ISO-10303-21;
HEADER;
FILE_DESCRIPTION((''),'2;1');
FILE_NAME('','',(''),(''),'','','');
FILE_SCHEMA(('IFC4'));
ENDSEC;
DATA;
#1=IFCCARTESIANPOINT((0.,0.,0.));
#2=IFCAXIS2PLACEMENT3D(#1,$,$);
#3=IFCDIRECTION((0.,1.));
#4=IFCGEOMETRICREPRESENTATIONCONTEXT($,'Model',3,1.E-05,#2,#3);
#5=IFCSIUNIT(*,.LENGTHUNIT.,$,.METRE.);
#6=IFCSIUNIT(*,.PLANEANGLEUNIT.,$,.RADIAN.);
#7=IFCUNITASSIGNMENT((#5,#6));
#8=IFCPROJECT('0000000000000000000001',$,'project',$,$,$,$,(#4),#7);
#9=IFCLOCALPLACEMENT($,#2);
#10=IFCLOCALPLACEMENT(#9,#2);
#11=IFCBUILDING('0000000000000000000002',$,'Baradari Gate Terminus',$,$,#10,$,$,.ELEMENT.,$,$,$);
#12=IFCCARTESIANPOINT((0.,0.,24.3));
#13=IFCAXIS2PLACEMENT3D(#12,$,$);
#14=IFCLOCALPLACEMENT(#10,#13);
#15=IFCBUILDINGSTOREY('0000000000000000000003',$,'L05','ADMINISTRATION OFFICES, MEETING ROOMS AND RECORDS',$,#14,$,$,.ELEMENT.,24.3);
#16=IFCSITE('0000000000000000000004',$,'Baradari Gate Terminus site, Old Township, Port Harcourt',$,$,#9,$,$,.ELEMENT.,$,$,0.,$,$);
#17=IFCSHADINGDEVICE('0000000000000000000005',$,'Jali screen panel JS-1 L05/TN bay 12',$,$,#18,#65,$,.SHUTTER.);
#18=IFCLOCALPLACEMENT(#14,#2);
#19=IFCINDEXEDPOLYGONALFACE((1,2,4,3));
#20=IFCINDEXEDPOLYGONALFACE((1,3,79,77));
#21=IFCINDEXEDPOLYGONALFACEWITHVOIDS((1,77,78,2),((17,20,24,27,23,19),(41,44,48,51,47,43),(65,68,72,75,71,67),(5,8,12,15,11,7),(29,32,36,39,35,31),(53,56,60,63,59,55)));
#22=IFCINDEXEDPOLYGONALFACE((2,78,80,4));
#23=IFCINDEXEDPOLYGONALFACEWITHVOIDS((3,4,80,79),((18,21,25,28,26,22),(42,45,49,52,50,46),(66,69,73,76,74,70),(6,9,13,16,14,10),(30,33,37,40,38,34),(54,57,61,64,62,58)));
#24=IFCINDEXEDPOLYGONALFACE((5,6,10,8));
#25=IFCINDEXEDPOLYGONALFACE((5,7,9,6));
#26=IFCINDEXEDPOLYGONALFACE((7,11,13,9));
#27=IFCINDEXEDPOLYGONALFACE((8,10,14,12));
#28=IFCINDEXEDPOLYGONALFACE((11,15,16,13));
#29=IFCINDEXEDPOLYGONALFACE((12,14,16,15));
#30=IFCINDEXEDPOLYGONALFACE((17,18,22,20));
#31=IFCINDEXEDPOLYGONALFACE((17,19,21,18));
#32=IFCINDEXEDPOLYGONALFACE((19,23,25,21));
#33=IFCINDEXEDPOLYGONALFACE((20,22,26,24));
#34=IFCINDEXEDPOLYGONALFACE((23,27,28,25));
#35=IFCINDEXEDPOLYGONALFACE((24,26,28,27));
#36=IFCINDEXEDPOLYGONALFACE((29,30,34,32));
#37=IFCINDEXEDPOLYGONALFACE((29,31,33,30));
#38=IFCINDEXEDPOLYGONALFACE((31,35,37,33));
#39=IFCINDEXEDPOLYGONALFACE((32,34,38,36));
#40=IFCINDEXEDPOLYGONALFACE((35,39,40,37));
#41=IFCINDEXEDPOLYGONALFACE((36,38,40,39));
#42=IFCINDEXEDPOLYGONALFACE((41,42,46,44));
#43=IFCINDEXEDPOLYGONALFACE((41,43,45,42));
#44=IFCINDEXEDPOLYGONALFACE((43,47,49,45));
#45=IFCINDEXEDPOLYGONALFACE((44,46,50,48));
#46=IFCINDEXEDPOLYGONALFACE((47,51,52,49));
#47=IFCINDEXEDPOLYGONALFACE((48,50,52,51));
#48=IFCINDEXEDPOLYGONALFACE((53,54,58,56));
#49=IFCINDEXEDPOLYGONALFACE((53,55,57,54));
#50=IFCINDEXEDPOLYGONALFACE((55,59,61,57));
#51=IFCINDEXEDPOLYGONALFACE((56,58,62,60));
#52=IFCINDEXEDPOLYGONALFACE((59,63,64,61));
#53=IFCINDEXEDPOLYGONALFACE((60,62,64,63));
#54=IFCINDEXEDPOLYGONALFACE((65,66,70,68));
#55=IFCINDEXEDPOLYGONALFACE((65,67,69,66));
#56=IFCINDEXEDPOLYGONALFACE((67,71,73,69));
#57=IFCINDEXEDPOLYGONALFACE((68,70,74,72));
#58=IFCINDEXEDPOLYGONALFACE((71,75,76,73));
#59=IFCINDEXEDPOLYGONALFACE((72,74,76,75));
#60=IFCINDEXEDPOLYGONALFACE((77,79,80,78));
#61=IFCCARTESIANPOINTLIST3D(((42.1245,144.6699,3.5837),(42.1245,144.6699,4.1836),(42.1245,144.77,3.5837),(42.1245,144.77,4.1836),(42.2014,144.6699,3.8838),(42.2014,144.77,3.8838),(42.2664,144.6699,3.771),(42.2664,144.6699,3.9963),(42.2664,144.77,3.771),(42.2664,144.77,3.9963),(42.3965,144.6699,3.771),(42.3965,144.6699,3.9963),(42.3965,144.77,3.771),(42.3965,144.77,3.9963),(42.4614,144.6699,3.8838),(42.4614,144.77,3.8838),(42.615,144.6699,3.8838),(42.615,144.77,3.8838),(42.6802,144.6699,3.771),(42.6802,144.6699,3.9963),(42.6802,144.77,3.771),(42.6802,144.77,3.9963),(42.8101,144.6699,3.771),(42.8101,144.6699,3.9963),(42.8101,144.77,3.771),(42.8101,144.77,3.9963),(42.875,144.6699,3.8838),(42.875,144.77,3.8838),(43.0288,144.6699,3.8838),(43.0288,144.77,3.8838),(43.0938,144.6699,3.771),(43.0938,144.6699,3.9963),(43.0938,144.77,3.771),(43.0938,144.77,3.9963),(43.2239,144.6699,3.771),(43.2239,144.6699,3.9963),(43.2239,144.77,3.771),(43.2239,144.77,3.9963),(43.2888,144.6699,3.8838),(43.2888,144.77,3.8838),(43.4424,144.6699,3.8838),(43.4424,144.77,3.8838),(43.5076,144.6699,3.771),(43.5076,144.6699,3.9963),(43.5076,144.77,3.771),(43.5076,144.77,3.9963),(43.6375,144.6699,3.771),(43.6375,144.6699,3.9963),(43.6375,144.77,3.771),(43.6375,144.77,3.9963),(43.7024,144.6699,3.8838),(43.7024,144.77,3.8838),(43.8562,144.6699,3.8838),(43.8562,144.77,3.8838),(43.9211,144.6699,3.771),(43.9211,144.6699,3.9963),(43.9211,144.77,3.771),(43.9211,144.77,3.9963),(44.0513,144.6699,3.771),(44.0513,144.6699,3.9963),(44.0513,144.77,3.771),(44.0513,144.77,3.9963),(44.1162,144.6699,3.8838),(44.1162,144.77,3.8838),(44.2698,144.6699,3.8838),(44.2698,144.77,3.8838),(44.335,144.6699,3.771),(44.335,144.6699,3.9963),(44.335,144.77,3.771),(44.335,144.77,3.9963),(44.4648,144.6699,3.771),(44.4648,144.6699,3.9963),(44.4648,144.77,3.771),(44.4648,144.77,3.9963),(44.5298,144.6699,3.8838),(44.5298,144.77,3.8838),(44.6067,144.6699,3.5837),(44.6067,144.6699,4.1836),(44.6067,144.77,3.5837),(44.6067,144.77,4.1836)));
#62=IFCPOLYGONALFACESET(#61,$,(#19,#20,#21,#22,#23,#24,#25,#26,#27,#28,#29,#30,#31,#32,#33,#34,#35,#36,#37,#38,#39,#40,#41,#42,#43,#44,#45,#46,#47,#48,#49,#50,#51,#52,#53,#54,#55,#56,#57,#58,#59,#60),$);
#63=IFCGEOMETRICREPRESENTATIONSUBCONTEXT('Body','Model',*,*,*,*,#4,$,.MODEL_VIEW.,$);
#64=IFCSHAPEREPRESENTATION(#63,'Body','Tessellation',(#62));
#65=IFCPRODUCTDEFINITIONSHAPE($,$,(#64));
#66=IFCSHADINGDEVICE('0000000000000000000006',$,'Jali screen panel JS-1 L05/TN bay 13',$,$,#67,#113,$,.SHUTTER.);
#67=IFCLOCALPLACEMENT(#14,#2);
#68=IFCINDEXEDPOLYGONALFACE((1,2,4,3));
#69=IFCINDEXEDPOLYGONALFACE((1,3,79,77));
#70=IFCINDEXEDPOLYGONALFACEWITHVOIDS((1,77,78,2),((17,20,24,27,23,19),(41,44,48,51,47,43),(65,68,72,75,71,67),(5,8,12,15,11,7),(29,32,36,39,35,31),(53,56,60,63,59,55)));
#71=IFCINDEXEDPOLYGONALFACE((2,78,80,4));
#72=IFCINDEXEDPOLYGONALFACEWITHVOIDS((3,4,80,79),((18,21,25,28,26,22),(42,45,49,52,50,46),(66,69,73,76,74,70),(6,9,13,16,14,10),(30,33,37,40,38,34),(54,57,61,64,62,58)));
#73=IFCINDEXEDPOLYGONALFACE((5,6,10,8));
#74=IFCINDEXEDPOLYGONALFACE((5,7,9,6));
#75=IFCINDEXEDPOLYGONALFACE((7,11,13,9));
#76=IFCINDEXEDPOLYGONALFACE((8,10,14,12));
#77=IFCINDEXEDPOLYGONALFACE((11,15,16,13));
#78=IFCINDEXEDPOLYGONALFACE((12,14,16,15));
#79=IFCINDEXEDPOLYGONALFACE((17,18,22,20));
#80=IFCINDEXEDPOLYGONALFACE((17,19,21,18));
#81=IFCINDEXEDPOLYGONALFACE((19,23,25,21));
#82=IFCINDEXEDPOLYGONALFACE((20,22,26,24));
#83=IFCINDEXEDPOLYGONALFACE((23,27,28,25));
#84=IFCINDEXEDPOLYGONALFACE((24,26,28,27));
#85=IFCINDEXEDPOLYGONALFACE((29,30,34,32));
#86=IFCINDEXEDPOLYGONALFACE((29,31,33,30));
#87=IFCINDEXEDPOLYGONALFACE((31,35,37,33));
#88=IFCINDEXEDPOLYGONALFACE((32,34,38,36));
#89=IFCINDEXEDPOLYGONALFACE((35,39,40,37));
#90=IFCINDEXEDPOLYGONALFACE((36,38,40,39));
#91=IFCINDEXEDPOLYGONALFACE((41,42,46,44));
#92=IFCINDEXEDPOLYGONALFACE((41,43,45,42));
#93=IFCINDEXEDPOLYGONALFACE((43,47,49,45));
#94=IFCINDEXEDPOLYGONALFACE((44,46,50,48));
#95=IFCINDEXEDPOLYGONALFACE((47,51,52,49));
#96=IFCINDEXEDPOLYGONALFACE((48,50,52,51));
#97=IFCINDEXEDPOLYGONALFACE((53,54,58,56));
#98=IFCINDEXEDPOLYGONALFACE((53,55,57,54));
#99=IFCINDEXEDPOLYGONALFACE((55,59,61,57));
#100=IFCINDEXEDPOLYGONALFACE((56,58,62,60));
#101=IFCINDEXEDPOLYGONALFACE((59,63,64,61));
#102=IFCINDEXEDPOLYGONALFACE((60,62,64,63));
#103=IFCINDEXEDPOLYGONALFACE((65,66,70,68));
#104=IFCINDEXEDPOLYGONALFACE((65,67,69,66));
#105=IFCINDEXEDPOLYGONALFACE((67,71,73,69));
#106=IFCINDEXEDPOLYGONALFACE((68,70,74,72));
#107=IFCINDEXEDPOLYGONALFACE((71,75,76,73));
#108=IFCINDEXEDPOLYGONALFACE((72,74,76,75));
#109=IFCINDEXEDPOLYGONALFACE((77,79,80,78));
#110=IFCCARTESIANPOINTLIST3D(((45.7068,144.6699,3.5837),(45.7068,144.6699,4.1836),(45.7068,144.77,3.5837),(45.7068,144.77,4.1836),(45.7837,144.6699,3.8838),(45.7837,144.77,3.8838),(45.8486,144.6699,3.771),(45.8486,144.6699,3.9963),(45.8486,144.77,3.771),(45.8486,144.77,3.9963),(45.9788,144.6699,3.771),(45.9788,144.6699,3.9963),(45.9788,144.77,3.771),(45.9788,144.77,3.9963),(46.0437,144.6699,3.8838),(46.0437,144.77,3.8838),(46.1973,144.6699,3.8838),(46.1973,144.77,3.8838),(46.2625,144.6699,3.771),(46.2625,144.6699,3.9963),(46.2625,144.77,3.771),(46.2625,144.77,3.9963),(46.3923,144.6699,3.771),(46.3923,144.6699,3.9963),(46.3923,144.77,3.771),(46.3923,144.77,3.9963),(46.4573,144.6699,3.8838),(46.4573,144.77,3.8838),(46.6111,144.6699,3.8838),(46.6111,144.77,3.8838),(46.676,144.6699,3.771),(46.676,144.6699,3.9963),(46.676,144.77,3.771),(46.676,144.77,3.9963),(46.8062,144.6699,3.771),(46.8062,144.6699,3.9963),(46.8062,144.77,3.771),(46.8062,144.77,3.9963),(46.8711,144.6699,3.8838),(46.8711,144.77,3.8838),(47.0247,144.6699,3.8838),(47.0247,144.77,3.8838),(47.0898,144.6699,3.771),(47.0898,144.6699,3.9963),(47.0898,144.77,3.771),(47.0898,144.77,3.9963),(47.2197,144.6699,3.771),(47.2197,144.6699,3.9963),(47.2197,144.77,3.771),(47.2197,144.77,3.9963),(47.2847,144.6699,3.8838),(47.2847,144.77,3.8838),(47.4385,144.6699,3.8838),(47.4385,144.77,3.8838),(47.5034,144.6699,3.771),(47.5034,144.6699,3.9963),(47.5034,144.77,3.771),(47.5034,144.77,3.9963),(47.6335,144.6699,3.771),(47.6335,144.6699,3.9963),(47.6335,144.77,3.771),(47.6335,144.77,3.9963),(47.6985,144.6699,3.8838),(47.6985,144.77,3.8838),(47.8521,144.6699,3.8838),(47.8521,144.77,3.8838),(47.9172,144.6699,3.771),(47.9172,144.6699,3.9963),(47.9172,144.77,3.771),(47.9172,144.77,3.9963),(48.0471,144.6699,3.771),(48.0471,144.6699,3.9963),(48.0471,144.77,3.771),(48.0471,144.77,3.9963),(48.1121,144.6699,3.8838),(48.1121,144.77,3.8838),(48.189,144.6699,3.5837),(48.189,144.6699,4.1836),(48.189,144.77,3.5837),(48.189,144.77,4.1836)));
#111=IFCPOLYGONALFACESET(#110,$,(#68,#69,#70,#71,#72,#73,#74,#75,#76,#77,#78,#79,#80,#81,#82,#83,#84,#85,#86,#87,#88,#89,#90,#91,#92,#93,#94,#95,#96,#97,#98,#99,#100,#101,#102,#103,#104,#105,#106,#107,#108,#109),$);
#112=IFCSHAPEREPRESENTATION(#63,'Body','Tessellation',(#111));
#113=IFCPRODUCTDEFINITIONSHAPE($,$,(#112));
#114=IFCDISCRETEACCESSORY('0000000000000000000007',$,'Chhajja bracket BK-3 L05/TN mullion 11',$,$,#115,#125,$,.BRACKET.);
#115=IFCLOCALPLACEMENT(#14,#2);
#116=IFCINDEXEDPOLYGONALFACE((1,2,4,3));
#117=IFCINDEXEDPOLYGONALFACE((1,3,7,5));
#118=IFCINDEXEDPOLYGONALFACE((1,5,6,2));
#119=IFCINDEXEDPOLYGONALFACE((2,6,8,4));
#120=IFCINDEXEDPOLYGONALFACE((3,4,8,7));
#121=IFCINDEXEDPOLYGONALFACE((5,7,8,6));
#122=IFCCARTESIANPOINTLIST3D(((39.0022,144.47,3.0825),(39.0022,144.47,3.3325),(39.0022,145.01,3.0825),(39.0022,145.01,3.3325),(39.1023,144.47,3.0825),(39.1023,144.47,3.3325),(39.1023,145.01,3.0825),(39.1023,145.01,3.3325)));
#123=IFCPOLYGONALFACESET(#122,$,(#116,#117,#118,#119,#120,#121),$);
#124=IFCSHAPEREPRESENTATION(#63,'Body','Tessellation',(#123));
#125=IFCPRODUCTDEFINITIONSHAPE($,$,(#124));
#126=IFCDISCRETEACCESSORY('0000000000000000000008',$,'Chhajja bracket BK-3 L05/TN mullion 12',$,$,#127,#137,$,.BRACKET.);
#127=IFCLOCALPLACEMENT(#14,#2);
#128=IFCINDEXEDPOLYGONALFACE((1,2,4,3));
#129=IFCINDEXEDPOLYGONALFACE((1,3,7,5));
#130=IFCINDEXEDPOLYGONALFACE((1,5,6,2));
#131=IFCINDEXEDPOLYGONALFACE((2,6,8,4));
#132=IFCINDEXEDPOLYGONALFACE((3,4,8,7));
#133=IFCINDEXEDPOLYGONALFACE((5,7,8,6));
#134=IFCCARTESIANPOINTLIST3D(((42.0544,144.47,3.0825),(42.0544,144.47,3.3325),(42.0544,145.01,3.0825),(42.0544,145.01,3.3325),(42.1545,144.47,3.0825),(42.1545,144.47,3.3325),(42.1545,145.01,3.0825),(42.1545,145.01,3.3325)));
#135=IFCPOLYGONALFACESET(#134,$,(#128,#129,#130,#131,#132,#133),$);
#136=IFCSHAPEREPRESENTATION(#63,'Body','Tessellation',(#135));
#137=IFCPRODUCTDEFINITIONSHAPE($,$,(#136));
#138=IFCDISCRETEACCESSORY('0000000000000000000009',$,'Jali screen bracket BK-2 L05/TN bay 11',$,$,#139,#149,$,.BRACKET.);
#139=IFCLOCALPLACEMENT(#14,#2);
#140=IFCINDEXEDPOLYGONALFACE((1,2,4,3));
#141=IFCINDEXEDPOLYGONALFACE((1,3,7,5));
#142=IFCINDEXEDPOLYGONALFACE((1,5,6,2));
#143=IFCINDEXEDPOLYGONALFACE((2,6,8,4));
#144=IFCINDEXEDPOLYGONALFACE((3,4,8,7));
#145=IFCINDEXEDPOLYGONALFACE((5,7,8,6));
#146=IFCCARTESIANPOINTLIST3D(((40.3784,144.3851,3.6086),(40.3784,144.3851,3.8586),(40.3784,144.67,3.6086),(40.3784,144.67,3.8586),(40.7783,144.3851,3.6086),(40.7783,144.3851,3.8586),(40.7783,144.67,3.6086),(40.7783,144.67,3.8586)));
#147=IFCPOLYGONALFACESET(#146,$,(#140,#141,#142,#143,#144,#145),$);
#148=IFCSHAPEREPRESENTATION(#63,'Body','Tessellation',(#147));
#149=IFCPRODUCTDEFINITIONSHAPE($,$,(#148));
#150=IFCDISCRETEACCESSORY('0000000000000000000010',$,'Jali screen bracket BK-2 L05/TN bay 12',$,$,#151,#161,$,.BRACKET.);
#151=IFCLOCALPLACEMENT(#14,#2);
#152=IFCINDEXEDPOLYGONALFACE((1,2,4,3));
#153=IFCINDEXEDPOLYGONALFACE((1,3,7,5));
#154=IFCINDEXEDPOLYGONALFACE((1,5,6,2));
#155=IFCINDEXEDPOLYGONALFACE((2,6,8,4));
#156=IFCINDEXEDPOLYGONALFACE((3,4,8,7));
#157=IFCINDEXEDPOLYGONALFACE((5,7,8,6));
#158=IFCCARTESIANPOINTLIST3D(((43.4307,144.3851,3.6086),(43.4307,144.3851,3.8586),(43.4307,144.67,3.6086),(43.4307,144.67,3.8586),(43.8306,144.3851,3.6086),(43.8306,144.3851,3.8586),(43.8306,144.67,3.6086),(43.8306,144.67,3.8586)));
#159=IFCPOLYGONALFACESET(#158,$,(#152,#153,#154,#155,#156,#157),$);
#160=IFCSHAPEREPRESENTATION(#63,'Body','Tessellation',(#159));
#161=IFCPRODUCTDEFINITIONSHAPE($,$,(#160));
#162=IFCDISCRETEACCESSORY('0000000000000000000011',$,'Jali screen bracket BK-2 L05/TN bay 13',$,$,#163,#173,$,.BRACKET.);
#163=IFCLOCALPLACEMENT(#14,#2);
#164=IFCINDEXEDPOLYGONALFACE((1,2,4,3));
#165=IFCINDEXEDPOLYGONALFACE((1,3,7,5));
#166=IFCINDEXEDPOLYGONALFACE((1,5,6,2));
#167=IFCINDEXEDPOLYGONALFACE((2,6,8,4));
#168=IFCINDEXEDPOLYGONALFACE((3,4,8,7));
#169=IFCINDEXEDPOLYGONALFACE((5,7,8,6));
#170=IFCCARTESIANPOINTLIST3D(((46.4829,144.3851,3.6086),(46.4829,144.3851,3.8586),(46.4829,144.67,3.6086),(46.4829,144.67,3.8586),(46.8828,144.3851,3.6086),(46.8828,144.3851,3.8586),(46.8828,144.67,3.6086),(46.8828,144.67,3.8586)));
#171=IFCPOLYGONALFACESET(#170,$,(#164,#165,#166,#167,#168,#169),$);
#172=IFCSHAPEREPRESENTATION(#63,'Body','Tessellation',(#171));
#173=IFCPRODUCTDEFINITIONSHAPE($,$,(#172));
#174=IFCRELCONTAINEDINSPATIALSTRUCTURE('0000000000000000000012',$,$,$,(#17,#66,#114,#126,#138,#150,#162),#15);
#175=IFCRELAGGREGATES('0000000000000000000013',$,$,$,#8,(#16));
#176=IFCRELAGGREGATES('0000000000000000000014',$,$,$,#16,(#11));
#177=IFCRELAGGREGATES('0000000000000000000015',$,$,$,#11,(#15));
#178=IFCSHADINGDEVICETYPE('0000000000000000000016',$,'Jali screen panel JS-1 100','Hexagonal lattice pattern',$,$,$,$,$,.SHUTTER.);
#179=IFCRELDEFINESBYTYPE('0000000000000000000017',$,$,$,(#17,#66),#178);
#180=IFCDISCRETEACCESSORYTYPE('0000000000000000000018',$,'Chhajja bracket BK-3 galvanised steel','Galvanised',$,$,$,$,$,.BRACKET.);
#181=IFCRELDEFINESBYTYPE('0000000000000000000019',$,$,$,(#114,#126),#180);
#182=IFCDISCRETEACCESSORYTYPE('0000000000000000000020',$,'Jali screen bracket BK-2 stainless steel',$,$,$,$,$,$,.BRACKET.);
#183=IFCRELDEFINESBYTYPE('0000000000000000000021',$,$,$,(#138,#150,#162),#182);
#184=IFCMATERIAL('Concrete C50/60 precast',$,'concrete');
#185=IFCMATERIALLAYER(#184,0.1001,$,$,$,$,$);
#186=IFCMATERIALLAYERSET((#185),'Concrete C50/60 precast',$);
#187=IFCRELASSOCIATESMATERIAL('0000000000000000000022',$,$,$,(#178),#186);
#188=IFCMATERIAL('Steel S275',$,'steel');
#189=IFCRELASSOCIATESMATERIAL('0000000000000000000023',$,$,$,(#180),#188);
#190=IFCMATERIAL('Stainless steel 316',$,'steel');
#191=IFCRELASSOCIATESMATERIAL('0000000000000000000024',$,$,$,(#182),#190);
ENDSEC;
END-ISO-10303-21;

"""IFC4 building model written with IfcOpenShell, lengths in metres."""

from ifc_helpers import new_model, si_unit, direction, frame, origin, origin_2d, place, context, subcontext, project, spatial, polyline, rectangle, outline, extrude, material, layer, layer_set, type_object, element, save


model = new_model("IFC4")

# Units and contexts
model_context = context("Model", 3, precision=1e-05, world=origin(), true_north=direction((0.0, 1.0)))
body_context = subcontext(model_context, "Body", "Model", "MODEL_VIEW")
ifc_project = project(units=[si_unit("LENGTHUNIT", "METRE"), si_unit("PLANEANGLEUNIT", "RADIAN")], contexts=[model_context])

# Site, building, storey
site_placement = place(None, origin())
site = spatial("IfcSite", under=ifc_project, at=site_placement, Name="Baradari Gate Terminus site, Old Township, Port Harcourt", CompositionType="ELEMENT", RefElevation=0.0)
building_placement = place(site_placement, origin())
building = spatial("IfcBuilding", under=site, at=building_placement, Name="Baradari Gate Terminus", CompositionType="ELEMENT")
storey_placement = place(building_placement, frame((0.0, 0.0, 24.3)))
storey = spatial("IfcBuildingStorey", under=building, at=storey_placement, Name="L05", Description="ADMINISTRATION OFFICES, MEETING ROOMS AND RECORDS", CompositionType="ELEMENT", Elevation=24.3)

# Shading devices
ifc_material_1 = material(Name="Concrete C50/60 precast", Category="concrete")
ifc_layer_1 = layer(ifc_material_1, 0.1001)
ifc_layer_set_1 = layer_set([ifc_layer_1], Name="Concrete C50/60 precast")
shading_device_type_1 = type_object("IfcShadingDeviceType", Name="Jali screen panel JS-1 100", Description="Hexagonal lattice pattern", PredefinedType="SHUTTER", material=ifc_layer_set_1)
for number, where, z_axis, x_axis, name in (
    (1, (42.1245, 144.72, 3.5837), (0.0, 0.0, 1.0), (1.0, 0.0, 0.0), "Jali screen panel JS-1 L05/TN bay 12"),
    (2, (45.7068, 144.72, 3.5837), (0.0, 0.0, 1.0), (1.0, 0.0, 0.0), "Jali screen panel JS-1 L05/TN bay 13"),
):
    element("IfcShadingDevice", number, at=place(storey_placement, frame(where, z_axis=z_axis, x_axis=x_axis)), inside=storey, type_object=shading_device_type_1, Name=name, PredefinedType="SHUTTER", context=body_context, shape_type="SweptSolid", body=[
        extrude(outline(polyline([(0.0, 0.0), (2.4822, 0.0), (2.4822, 0.5999), (0.0, 0.5999), (0.0, 0.0)]), holes=[polyline([(0.3369, 0.3), (0.272, 0.1873), (0.1418, 0.1873), (0.0769, 0.3), (0.1418, 0.4126), (0.272, 0.4126), (0.3369, 0.3)]), polyline([(0.7505, 0.3), (0.6855, 0.1873), (0.5557, 0.1873), (0.4905, 0.3), (0.5557, 0.4126), (0.6855, 0.4126), (0.7505, 0.3)]), polyline([(1.1643, 0.3), (1.0994, 0.1873), (0.9692, 0.1873), (0.9043, 0.3), (0.9692, 0.4126), (1.0994, 0.4126), (1.1643, 0.3)]), polyline([(1.5779, 0.3), (1.5129, 0.1873), (1.3831, 0.1873), (1.3179, 0.3), (1.3831, 0.4126), (1.5129, 0.4126), (1.5779, 0.3)]), polyline([(1.9917, 0.3), (1.9268, 0.1873), (1.7966, 0.1873), (1.7317, 0.3), (1.7966, 0.4126), (1.9268, 0.4126), (1.9917, 0.3)]), polyline([(2.4053, 0.3), (2.3403, 0.1873), (2.2104, 0.1873), (2.1453, 0.3), (2.2104, 0.4126), (2.3403, 0.4126), (2.4053, 0.3)])]), frame((0.0, 0.05, 0.0), z_axis=(0.0, -1.0, 0.0), x_axis=(1.0, 0.0, 0.0)), (0.0, 0.0, 1.0), 0.1001),
    ])

# Discrete accessories
ifc_material_2 = material(Name="Steel S275", Category="steel")
discrete_accessory_type_1 = type_object("IfcDiscreteAccessoryType", Name="Chhajja bracket BK-3 galvanised steel", Description="Galvanised", PredefinedType="BRACKET", material=ifc_material_2)
for number, where, z_axis, x_axis, name in (
    (3, (39.0522, 144.74, 3.0825), (0.0, 0.0, 1.0), (0.0, 1.0, 0.0), "Chhajja bracket BK-3 L05/TN mullion 11"),
    (4, (42.1045, 144.74, 3.0825), (0.0, 0.0, 1.0), (0.0, 1.0, 0.0), "Chhajja bracket BK-3 L05/TN mullion 12"),
):
    element("IfcDiscreteAccessory", number, at=place(storey_placement, frame(where, z_axis=z_axis, x_axis=x_axis)), inside=storey, type_object=discrete_accessory_type_1, Name=name, PredefinedType="BRACKET", context=body_context, shape_type="SweptSolid", body=[
        extrude(rectangle(XDim=0.54, YDim=0.1001, at=origin_2d()), origin(), (0.0, 0.0, 1.0), 0.25),
    ])
ifc_material_3 = material(Name="Stainless steel 316", Category="steel")
discrete_accessory_type_2 = type_object("IfcDiscreteAccessoryType", Name="Jali screen bracket BK-2 stainless steel", PredefinedType="BRACKET", material=ifc_material_3)
for number, where, z_axis, x_axis, name in (
    (5, (40.5784, 144.5276, 3.6086), (0.0, 0.0, 1.0), (0.0, 1.0, 0.0), "Jali screen bracket BK-2 L05/TN bay 11"),
    (6, (43.6306, 144.5276, 3.6086), (0.0, 0.0, 1.0), (0.0, 1.0, 0.0), "Jali screen bracket BK-2 L05/TN bay 12"),
    (7, (46.6829, 144.5276, 3.6086), (0.0, 0.0, 1.0), (0.0, 1.0, 0.0), "Jali screen bracket BK-2 L05/TN bay 13"),
):
    element("IfcDiscreteAccessory", number, at=place(storey_placement, frame(where, z_axis=z_axis, x_axis=x_axis)), inside=storey, type_object=discrete_accessory_type_2, Name=name, PredefinedType="BRACKET", context=body_context, shape_type="SweptSolid", body=[
        extrude(rectangle(XDim=0.2849, YDim=0.3999, at=origin_2d()), origin(), (0.0, 0.0, 1.0), 0.25),
    ])

save(model, "model.ifc")
